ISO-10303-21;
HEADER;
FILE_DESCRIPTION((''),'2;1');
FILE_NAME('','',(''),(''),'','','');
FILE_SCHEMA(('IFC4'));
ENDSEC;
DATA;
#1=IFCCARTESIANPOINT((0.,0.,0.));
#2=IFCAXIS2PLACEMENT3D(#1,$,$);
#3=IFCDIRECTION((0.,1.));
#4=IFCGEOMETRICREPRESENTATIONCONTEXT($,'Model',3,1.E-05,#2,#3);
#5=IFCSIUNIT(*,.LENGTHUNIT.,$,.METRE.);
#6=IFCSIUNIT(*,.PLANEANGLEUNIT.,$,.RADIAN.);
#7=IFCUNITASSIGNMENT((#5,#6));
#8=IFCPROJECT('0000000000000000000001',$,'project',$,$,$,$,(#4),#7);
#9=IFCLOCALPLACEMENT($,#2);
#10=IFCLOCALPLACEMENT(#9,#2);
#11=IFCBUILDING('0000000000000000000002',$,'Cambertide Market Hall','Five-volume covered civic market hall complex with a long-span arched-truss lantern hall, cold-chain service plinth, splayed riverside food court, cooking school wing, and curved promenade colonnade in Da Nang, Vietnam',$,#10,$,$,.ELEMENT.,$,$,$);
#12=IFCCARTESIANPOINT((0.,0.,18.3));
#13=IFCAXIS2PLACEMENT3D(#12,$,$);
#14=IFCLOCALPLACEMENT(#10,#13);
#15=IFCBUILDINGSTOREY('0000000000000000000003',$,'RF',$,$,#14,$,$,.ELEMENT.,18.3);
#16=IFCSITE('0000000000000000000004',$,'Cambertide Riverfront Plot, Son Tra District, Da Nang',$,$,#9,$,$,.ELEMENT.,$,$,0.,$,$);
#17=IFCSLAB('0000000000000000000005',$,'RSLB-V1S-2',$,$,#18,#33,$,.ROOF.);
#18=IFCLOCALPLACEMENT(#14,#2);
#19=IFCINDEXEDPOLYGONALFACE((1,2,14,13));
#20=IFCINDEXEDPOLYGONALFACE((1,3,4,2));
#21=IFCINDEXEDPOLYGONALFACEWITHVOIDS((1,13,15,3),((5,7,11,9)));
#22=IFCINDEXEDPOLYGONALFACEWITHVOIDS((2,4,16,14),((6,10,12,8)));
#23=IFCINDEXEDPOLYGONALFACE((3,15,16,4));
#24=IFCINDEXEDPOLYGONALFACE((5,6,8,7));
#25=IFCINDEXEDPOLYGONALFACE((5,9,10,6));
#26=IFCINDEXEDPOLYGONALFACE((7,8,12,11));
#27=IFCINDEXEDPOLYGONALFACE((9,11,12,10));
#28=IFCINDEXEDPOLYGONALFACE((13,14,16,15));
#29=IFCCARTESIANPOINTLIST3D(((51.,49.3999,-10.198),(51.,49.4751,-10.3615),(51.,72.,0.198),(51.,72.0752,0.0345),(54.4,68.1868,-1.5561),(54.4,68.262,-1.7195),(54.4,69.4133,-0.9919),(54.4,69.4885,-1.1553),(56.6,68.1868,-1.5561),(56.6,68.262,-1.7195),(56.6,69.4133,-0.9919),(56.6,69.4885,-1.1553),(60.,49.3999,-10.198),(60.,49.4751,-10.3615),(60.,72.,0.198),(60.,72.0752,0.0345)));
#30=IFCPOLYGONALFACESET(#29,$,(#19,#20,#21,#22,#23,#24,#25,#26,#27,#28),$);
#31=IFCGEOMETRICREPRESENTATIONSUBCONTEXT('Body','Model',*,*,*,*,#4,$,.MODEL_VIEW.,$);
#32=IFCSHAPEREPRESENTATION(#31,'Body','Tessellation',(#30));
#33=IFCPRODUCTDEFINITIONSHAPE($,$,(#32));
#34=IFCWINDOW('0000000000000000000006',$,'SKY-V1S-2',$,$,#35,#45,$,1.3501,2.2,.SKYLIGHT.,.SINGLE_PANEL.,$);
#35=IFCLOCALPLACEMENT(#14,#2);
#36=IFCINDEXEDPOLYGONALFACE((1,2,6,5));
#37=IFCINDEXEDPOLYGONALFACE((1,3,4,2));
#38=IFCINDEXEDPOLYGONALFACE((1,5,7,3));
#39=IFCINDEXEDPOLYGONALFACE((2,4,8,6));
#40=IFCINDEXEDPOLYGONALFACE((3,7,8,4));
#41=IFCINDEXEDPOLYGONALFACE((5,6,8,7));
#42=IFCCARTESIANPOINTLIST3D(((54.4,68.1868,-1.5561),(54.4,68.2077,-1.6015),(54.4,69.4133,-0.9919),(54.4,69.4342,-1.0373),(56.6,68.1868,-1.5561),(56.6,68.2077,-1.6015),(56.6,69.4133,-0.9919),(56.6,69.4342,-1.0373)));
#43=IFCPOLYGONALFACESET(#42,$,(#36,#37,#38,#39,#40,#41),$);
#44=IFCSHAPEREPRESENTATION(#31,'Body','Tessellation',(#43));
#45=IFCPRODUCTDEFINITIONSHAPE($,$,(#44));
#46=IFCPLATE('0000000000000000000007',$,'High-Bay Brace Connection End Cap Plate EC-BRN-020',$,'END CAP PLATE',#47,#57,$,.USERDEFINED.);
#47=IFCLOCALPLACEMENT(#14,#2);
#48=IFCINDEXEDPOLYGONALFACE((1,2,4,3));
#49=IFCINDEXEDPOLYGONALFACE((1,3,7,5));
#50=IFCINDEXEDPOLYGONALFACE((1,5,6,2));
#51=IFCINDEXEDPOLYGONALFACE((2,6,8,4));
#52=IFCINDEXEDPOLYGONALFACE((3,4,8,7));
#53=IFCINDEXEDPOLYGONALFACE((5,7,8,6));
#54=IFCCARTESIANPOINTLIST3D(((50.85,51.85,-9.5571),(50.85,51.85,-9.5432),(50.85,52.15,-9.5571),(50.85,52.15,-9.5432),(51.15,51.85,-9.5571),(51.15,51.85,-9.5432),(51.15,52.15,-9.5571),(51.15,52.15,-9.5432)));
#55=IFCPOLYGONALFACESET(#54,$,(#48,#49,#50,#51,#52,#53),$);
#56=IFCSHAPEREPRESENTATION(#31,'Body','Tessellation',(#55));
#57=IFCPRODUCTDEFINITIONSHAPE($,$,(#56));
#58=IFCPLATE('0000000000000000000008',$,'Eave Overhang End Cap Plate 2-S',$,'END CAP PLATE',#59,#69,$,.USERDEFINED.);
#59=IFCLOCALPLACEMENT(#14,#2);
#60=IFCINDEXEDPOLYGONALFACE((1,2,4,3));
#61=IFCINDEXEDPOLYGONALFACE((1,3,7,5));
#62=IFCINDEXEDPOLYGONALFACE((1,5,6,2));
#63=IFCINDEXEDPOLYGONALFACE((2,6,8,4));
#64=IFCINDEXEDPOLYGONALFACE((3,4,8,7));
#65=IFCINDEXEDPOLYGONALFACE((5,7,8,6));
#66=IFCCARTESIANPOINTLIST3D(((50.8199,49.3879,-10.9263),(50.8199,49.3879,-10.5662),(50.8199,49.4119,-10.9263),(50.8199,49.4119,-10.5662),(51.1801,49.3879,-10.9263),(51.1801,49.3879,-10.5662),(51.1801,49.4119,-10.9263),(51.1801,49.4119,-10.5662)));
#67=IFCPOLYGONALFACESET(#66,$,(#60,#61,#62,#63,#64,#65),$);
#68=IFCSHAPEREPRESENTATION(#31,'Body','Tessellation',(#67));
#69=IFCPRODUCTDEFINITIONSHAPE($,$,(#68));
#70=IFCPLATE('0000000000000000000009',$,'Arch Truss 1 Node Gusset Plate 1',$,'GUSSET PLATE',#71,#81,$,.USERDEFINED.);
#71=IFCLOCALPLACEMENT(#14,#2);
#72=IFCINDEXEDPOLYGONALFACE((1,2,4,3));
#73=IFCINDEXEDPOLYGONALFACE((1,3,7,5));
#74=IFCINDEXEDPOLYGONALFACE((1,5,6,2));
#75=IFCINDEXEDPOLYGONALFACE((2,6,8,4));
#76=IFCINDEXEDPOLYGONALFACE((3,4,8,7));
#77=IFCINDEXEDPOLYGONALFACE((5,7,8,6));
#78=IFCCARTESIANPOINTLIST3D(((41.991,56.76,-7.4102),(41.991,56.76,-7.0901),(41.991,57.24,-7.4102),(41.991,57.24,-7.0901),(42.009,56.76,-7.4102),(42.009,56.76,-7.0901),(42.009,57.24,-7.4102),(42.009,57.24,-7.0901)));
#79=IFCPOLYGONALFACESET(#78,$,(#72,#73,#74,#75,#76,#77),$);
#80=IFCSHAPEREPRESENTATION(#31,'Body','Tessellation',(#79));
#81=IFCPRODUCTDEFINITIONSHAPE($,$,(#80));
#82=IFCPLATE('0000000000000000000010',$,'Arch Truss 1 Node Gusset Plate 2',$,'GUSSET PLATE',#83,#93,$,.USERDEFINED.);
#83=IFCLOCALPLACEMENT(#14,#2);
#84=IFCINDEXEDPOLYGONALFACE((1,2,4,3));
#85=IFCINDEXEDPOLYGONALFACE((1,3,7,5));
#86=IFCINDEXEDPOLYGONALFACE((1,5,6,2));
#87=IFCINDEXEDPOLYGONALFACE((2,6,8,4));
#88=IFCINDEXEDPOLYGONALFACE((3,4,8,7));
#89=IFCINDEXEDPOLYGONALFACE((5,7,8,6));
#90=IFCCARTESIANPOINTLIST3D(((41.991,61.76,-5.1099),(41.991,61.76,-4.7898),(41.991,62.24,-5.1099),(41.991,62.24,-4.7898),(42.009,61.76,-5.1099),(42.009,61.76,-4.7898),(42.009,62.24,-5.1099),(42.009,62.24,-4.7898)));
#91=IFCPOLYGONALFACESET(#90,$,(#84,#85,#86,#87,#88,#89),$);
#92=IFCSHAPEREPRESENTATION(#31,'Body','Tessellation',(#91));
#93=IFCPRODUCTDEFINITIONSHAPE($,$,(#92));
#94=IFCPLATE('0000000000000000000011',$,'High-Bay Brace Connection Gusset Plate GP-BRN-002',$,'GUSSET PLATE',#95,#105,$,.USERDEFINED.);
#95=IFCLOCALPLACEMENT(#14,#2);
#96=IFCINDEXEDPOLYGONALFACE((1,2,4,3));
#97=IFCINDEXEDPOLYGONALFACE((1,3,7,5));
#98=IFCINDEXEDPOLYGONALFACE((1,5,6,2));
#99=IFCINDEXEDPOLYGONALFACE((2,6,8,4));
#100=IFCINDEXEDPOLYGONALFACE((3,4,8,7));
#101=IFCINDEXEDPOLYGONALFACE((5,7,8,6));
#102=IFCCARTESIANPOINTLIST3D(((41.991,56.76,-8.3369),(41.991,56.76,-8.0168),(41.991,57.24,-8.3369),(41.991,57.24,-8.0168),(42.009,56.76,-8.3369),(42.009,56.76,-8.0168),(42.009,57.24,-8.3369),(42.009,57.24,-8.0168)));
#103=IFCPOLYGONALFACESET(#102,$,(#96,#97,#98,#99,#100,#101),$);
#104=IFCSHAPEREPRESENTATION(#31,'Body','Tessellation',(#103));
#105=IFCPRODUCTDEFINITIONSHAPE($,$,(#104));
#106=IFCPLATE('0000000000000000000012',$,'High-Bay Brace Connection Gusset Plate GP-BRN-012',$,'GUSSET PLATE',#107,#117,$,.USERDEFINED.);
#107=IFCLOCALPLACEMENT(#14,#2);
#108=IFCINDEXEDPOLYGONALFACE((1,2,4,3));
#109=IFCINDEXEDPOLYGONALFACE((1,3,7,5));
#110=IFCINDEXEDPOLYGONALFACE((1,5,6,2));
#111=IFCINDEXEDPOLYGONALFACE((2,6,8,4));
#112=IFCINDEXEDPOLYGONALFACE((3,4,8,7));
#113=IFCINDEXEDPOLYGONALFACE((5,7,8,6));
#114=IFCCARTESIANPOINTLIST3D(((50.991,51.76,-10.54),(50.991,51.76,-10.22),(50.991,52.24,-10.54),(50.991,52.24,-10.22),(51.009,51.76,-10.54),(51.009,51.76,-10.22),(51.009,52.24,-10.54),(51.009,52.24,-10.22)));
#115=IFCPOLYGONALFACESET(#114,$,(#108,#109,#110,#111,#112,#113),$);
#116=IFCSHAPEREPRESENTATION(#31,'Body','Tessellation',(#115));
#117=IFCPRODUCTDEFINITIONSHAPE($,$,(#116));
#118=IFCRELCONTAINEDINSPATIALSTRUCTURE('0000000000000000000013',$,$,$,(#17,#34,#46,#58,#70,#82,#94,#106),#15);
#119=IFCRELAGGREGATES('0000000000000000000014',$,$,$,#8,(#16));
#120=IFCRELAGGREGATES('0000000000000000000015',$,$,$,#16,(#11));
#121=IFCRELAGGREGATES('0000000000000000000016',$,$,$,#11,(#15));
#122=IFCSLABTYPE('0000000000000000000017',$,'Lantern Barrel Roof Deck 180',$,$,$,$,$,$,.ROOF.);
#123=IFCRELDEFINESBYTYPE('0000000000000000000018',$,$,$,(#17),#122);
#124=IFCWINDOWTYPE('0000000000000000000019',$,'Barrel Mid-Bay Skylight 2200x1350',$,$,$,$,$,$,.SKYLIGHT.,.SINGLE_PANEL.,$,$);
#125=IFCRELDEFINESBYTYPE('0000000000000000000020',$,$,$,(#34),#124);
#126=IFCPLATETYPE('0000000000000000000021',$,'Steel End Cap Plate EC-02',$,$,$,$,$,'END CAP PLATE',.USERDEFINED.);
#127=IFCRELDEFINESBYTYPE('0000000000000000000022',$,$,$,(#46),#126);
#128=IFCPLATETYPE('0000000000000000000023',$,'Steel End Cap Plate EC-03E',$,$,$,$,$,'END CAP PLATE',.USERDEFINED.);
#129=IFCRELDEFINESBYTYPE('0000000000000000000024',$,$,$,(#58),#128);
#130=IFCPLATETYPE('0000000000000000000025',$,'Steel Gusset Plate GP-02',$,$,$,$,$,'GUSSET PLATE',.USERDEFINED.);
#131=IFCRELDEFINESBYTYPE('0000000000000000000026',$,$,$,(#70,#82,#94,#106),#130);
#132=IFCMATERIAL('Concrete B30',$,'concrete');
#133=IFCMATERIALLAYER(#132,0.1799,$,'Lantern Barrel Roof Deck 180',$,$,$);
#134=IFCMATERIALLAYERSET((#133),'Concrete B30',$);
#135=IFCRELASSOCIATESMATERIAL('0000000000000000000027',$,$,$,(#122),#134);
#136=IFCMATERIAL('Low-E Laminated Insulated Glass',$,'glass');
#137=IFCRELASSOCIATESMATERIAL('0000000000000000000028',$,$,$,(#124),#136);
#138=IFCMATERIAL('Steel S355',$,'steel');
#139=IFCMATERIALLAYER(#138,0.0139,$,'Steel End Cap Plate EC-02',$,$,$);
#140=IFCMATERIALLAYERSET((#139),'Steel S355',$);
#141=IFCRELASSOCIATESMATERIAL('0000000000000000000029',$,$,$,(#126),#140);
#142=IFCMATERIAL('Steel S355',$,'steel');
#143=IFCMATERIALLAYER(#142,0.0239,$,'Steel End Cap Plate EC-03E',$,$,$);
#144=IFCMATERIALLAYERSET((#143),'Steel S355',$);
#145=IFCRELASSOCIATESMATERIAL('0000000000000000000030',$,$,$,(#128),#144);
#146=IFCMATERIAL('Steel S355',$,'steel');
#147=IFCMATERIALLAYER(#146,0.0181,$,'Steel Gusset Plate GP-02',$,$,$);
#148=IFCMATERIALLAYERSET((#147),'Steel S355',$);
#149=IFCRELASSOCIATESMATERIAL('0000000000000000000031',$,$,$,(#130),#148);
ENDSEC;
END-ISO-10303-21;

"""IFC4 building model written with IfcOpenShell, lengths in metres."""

from ifc_helpers import new_model, si_unit, direction, frame, origin, origin_2d, place, context, subcontext, project, spatial, polyline, rectangle, outline, extrude, material, layer, layer_set, type_object, element, fill, save


model = new_model("IFC4")

# Units and contexts
model_context = context("Model", 3, precision=1e-05, world=origin(), true_north=direction((0.0, 1.0)))
body_context = subcontext(model_context, "Body", "Model", "MODEL_VIEW")
ifc_project = project(units=[si_unit("LENGTHUNIT", "METRE"), si_unit("PLANEANGLEUNIT", "RADIAN")], contexts=[model_context])

# Site, building, storey
site_placement = place(None, origin())
site = spatial("IfcSite", under=ifc_project, at=site_placement, Name="Cambertide Riverfront Plot, Son Tra District, Da Nang", CompositionType="ELEMENT", RefElevation=0.0)
building_placement = place(site_placement, origin())
building = spatial("IfcBuilding", under=site, at=building_placement, Name="Cambertide Market Hall", Description="Five-volume covered civic market hall complex with a long-span arched-truss lantern hall, cold-chain service plinth, splayed riverside food court, cooking school wing, and curved promenade colonnade in Da Nang, Vietnam", CompositionType="ELEMENT")
storey_placement = place(building_placement, frame((0.0, 0.0, 18.3)))
storey = spatial("IfcBuildingStorey", under=building, at=storey_placement, Name="RF", CompositionType="ELEMENT", Elevation=18.3)

# Slab, opening, window
ifc_material_1 = material(Name="Concrete B30", Category="concrete")
ifc_layer_1 = layer(ifc_material_1, 0.1799, Name="Lantern Barrel Roof Deck 180")
ifc_layer_set_1 = layer_set([ifc_layer_1], Name="Concrete B30")
slab_type = type_object("IfcSlabType", Name="Lantern Barrel Roof Deck 180", PredefinedType="ROOF", material=ifc_layer_set_1)
slab_placement = place(storey_placement, frame((51.0, 49.3999, -10.198), z_axis=(0.0, -0.417904, 0.908491), x_axis=(1.0, 0.0, 0.0)))
slab = element("IfcSlab", 1, at=slab_placement, inside=storey, type_object=slab_type, Name="RSLB-V1S-2", PredefinedType="ROOF", context=body_context, shape_type="SweptSolid", body=[
    extrude(outline(polyline([(0.0, 0.0), (9.0, 0.0), (9.0, 24.8765), (0.0, 24.8765), (0.0, 0.0)])), origin(), (0.0, 0.0, -1.0), 0.1799),
])
opening_placement = place(slab_placement, frame((4.5, 21.3542, 0.01), z_axis=(0.0, 0.0, 1.0), x_axis=(1.0, 0.0, 0.0)))
opening = element("IfcOpeningElement", 2, at=opening_placement, cuts=slab, PredefinedType="OPENING", context=body_context, shape_type="SweptSolid", body=[
    extrude(rectangle(XDim=2.2, YDim=1.3501, at=origin_2d()), origin(), (0.0, 0.0, -1.0), 0.2),
])
ifc_material_2 = material(Name="Low-E Laminated Insulated Glass", Category="glass")
window_type = type_object("IfcWindowType", Name="Barrel Mid-Bay Skylight 2200x1350", PartitioningType="SINGLE_PANEL", PredefinedType="SKYLIGHT", material=ifc_material_2)
window_placement = place(slab_placement, frame((4.5, 21.3542, 0.0), z_axis=(0.0, 0.0, 1.0), x_axis=(1.0, 0.0, 0.0)))
window = element("IfcWindow", 3, at=window_placement, inside=storey, type_object=window_type, Name="SKY-V1S-2", OverallHeight=1.3501, OverallWidth=2.2, PartitioningType="SINGLE_PANEL", PredefinedType="SKYLIGHT", context=body_context, shape_type="SweptSolid", body=[
    extrude(rectangle(XDim=2.2, YDim=1.3501, at=origin_2d()), origin(), (0.0, 0.0, -1.0), 0.05),
])
fill(opening, window)

# Plates
ifc_material_3 = material(Name="Steel S355", Category="steel")
ifc_layer_2 = layer(ifc_material_3, 0.0139, Name="Steel End Cap Plate EC-02")
ifc_layer_set_2 = layer_set([ifc_layer_2], Name="Steel S355")
plate_type_1 = type_object("IfcPlateType", Name="Steel End Cap Plate EC-02", ElementType="END CAP PLATE", PredefinedType="USERDEFINED", material=ifc_layer_set_2)
plate_1_placement = place(storey_placement, frame((51.0, 52.0, -9.5571), z_axis=(0.0, 0.0, 1.0), x_axis=(1.0, 0.0, 0.0)))
element("IfcPlate", 4, at=plate_1_placement, inside=storey, type_object=plate_type_1, Name="High-Bay Brace Connection End Cap Plate EC-BRN-020", ObjectType="END CAP PLATE", PredefinedType="USERDEFINED", context=body_context, shape_type="SweptSolid", body=[
    extrude(rectangle(XDim=0.3, YDim=0.3, at=origin_2d()), origin(), (0.0, 0.0, 1.0), 0.0139),
])
ifc_material_4 = material(Name="Steel S355", Category="steel")
ifc_layer_3 = layer(ifc_material_4, 0.0239, Name="Steel End Cap Plate EC-03E")
ifc_layer_set_3 = layer_set([ifc_layer_3], Name="Steel S355")
plate_type_2 = type_object("IfcPlateType", Name="Steel End Cap Plate EC-03E", ElementType="END CAP PLATE", PredefinedType="USERDEFINED", material=ifc_layer_set_3)
plate_2_placement = place(storey_placement, frame((51.0, 49.3999, -10.9263), z_axis=(0.0, 0.0, 1.0), x_axis=(1.0, 0.0, 0.0)))
element("IfcPlate", 5, at=plate_2_placement, inside=storey, type_object=plate_type_2, Name="Eave Overhang End Cap Plate 2-S", ObjectType="END CAP PLATE", PredefinedType="USERDEFINED", context=body_context, shape_type="SweptSolid", body=[
    extrude(rectangle(XDim=0.3601, YDim=0.0239, at=origin_2d()), origin(), (0.0, 0.0, 1.0), 0.3601),
])
ifc_material_5 = material(Name="Steel S355", Category="steel")
ifc_layer_4 = layer(ifc_material_5, 0.0181, Name="Steel Gusset Plate GP-02")
ifc_layer_set_4 = layer_set([ifc_layer_4], Name="Steel S355")
plate_type_3 = type_object("IfcPlateType", Name="Steel Gusset Plate GP-02", ElementType="GUSSET PLATE", PredefinedType="USERDEFINED", material=ifc_layer_set_4)
for number, where, z_axis, x_axis, name in (
    (6, (42.0, 57.0, -7.4102), (0.0, 0.0, 1.0), (1.0, 0.0, 0.0), "Arch Truss 1 Node Gusset Plate 1"),
    (7, (42.0, 62.0, -5.1099), (0.0, 0.0, 1.0), (1.0, 0.0, 0.0), "Arch Truss 1 Node Gusset Plate 2"),
):
    element("IfcPlate", number, at=place(storey_placement, frame(where, z_axis=z_axis, x_axis=x_axis)), inside=storey, type_object=plate_type_3, Name=name, ObjectType="GUSSET PLATE", PredefinedType="USERDEFINED", context=body_context, shape_type="SweptSolid", body=[
        extrude(rectangle(XDim=0.0181, YDim=0.48, at=origin_2d()), origin(), (0.0, 0.0, 1.0), 0.3201),
    ])
for number, where, z_axis, x_axis, name in (
    (8, (42.0, 57.0, -8.3369), (0.0, 0.0, 1.0), (0.0, 1.0, 0.0), "High-Bay Brace Connection Gusset Plate GP-BRN-002"),
    (9, (51.0, 52.0, -10.54), (0.0, 0.0, 1.0), (0.0, 1.0, 0.0), "High-Bay Brace Connection Gusset Plate GP-BRN-012"),
):
    element("IfcPlate", number, at=place(storey_placement, frame(where, z_axis=z_axis, x_axis=x_axis)), inside=storey, type_object=plate_type_3, Name=name, ObjectType="GUSSET PLATE", PredefinedType="USERDEFINED", context=body_context, shape_type="SweptSolid", body=[
        extrude(rectangle(XDim=0.48, YDim=0.0181, at=origin_2d()), origin(), (0.0, 0.0, 1.0), 0.3201),
    ])

save(model, "model.ifc")
